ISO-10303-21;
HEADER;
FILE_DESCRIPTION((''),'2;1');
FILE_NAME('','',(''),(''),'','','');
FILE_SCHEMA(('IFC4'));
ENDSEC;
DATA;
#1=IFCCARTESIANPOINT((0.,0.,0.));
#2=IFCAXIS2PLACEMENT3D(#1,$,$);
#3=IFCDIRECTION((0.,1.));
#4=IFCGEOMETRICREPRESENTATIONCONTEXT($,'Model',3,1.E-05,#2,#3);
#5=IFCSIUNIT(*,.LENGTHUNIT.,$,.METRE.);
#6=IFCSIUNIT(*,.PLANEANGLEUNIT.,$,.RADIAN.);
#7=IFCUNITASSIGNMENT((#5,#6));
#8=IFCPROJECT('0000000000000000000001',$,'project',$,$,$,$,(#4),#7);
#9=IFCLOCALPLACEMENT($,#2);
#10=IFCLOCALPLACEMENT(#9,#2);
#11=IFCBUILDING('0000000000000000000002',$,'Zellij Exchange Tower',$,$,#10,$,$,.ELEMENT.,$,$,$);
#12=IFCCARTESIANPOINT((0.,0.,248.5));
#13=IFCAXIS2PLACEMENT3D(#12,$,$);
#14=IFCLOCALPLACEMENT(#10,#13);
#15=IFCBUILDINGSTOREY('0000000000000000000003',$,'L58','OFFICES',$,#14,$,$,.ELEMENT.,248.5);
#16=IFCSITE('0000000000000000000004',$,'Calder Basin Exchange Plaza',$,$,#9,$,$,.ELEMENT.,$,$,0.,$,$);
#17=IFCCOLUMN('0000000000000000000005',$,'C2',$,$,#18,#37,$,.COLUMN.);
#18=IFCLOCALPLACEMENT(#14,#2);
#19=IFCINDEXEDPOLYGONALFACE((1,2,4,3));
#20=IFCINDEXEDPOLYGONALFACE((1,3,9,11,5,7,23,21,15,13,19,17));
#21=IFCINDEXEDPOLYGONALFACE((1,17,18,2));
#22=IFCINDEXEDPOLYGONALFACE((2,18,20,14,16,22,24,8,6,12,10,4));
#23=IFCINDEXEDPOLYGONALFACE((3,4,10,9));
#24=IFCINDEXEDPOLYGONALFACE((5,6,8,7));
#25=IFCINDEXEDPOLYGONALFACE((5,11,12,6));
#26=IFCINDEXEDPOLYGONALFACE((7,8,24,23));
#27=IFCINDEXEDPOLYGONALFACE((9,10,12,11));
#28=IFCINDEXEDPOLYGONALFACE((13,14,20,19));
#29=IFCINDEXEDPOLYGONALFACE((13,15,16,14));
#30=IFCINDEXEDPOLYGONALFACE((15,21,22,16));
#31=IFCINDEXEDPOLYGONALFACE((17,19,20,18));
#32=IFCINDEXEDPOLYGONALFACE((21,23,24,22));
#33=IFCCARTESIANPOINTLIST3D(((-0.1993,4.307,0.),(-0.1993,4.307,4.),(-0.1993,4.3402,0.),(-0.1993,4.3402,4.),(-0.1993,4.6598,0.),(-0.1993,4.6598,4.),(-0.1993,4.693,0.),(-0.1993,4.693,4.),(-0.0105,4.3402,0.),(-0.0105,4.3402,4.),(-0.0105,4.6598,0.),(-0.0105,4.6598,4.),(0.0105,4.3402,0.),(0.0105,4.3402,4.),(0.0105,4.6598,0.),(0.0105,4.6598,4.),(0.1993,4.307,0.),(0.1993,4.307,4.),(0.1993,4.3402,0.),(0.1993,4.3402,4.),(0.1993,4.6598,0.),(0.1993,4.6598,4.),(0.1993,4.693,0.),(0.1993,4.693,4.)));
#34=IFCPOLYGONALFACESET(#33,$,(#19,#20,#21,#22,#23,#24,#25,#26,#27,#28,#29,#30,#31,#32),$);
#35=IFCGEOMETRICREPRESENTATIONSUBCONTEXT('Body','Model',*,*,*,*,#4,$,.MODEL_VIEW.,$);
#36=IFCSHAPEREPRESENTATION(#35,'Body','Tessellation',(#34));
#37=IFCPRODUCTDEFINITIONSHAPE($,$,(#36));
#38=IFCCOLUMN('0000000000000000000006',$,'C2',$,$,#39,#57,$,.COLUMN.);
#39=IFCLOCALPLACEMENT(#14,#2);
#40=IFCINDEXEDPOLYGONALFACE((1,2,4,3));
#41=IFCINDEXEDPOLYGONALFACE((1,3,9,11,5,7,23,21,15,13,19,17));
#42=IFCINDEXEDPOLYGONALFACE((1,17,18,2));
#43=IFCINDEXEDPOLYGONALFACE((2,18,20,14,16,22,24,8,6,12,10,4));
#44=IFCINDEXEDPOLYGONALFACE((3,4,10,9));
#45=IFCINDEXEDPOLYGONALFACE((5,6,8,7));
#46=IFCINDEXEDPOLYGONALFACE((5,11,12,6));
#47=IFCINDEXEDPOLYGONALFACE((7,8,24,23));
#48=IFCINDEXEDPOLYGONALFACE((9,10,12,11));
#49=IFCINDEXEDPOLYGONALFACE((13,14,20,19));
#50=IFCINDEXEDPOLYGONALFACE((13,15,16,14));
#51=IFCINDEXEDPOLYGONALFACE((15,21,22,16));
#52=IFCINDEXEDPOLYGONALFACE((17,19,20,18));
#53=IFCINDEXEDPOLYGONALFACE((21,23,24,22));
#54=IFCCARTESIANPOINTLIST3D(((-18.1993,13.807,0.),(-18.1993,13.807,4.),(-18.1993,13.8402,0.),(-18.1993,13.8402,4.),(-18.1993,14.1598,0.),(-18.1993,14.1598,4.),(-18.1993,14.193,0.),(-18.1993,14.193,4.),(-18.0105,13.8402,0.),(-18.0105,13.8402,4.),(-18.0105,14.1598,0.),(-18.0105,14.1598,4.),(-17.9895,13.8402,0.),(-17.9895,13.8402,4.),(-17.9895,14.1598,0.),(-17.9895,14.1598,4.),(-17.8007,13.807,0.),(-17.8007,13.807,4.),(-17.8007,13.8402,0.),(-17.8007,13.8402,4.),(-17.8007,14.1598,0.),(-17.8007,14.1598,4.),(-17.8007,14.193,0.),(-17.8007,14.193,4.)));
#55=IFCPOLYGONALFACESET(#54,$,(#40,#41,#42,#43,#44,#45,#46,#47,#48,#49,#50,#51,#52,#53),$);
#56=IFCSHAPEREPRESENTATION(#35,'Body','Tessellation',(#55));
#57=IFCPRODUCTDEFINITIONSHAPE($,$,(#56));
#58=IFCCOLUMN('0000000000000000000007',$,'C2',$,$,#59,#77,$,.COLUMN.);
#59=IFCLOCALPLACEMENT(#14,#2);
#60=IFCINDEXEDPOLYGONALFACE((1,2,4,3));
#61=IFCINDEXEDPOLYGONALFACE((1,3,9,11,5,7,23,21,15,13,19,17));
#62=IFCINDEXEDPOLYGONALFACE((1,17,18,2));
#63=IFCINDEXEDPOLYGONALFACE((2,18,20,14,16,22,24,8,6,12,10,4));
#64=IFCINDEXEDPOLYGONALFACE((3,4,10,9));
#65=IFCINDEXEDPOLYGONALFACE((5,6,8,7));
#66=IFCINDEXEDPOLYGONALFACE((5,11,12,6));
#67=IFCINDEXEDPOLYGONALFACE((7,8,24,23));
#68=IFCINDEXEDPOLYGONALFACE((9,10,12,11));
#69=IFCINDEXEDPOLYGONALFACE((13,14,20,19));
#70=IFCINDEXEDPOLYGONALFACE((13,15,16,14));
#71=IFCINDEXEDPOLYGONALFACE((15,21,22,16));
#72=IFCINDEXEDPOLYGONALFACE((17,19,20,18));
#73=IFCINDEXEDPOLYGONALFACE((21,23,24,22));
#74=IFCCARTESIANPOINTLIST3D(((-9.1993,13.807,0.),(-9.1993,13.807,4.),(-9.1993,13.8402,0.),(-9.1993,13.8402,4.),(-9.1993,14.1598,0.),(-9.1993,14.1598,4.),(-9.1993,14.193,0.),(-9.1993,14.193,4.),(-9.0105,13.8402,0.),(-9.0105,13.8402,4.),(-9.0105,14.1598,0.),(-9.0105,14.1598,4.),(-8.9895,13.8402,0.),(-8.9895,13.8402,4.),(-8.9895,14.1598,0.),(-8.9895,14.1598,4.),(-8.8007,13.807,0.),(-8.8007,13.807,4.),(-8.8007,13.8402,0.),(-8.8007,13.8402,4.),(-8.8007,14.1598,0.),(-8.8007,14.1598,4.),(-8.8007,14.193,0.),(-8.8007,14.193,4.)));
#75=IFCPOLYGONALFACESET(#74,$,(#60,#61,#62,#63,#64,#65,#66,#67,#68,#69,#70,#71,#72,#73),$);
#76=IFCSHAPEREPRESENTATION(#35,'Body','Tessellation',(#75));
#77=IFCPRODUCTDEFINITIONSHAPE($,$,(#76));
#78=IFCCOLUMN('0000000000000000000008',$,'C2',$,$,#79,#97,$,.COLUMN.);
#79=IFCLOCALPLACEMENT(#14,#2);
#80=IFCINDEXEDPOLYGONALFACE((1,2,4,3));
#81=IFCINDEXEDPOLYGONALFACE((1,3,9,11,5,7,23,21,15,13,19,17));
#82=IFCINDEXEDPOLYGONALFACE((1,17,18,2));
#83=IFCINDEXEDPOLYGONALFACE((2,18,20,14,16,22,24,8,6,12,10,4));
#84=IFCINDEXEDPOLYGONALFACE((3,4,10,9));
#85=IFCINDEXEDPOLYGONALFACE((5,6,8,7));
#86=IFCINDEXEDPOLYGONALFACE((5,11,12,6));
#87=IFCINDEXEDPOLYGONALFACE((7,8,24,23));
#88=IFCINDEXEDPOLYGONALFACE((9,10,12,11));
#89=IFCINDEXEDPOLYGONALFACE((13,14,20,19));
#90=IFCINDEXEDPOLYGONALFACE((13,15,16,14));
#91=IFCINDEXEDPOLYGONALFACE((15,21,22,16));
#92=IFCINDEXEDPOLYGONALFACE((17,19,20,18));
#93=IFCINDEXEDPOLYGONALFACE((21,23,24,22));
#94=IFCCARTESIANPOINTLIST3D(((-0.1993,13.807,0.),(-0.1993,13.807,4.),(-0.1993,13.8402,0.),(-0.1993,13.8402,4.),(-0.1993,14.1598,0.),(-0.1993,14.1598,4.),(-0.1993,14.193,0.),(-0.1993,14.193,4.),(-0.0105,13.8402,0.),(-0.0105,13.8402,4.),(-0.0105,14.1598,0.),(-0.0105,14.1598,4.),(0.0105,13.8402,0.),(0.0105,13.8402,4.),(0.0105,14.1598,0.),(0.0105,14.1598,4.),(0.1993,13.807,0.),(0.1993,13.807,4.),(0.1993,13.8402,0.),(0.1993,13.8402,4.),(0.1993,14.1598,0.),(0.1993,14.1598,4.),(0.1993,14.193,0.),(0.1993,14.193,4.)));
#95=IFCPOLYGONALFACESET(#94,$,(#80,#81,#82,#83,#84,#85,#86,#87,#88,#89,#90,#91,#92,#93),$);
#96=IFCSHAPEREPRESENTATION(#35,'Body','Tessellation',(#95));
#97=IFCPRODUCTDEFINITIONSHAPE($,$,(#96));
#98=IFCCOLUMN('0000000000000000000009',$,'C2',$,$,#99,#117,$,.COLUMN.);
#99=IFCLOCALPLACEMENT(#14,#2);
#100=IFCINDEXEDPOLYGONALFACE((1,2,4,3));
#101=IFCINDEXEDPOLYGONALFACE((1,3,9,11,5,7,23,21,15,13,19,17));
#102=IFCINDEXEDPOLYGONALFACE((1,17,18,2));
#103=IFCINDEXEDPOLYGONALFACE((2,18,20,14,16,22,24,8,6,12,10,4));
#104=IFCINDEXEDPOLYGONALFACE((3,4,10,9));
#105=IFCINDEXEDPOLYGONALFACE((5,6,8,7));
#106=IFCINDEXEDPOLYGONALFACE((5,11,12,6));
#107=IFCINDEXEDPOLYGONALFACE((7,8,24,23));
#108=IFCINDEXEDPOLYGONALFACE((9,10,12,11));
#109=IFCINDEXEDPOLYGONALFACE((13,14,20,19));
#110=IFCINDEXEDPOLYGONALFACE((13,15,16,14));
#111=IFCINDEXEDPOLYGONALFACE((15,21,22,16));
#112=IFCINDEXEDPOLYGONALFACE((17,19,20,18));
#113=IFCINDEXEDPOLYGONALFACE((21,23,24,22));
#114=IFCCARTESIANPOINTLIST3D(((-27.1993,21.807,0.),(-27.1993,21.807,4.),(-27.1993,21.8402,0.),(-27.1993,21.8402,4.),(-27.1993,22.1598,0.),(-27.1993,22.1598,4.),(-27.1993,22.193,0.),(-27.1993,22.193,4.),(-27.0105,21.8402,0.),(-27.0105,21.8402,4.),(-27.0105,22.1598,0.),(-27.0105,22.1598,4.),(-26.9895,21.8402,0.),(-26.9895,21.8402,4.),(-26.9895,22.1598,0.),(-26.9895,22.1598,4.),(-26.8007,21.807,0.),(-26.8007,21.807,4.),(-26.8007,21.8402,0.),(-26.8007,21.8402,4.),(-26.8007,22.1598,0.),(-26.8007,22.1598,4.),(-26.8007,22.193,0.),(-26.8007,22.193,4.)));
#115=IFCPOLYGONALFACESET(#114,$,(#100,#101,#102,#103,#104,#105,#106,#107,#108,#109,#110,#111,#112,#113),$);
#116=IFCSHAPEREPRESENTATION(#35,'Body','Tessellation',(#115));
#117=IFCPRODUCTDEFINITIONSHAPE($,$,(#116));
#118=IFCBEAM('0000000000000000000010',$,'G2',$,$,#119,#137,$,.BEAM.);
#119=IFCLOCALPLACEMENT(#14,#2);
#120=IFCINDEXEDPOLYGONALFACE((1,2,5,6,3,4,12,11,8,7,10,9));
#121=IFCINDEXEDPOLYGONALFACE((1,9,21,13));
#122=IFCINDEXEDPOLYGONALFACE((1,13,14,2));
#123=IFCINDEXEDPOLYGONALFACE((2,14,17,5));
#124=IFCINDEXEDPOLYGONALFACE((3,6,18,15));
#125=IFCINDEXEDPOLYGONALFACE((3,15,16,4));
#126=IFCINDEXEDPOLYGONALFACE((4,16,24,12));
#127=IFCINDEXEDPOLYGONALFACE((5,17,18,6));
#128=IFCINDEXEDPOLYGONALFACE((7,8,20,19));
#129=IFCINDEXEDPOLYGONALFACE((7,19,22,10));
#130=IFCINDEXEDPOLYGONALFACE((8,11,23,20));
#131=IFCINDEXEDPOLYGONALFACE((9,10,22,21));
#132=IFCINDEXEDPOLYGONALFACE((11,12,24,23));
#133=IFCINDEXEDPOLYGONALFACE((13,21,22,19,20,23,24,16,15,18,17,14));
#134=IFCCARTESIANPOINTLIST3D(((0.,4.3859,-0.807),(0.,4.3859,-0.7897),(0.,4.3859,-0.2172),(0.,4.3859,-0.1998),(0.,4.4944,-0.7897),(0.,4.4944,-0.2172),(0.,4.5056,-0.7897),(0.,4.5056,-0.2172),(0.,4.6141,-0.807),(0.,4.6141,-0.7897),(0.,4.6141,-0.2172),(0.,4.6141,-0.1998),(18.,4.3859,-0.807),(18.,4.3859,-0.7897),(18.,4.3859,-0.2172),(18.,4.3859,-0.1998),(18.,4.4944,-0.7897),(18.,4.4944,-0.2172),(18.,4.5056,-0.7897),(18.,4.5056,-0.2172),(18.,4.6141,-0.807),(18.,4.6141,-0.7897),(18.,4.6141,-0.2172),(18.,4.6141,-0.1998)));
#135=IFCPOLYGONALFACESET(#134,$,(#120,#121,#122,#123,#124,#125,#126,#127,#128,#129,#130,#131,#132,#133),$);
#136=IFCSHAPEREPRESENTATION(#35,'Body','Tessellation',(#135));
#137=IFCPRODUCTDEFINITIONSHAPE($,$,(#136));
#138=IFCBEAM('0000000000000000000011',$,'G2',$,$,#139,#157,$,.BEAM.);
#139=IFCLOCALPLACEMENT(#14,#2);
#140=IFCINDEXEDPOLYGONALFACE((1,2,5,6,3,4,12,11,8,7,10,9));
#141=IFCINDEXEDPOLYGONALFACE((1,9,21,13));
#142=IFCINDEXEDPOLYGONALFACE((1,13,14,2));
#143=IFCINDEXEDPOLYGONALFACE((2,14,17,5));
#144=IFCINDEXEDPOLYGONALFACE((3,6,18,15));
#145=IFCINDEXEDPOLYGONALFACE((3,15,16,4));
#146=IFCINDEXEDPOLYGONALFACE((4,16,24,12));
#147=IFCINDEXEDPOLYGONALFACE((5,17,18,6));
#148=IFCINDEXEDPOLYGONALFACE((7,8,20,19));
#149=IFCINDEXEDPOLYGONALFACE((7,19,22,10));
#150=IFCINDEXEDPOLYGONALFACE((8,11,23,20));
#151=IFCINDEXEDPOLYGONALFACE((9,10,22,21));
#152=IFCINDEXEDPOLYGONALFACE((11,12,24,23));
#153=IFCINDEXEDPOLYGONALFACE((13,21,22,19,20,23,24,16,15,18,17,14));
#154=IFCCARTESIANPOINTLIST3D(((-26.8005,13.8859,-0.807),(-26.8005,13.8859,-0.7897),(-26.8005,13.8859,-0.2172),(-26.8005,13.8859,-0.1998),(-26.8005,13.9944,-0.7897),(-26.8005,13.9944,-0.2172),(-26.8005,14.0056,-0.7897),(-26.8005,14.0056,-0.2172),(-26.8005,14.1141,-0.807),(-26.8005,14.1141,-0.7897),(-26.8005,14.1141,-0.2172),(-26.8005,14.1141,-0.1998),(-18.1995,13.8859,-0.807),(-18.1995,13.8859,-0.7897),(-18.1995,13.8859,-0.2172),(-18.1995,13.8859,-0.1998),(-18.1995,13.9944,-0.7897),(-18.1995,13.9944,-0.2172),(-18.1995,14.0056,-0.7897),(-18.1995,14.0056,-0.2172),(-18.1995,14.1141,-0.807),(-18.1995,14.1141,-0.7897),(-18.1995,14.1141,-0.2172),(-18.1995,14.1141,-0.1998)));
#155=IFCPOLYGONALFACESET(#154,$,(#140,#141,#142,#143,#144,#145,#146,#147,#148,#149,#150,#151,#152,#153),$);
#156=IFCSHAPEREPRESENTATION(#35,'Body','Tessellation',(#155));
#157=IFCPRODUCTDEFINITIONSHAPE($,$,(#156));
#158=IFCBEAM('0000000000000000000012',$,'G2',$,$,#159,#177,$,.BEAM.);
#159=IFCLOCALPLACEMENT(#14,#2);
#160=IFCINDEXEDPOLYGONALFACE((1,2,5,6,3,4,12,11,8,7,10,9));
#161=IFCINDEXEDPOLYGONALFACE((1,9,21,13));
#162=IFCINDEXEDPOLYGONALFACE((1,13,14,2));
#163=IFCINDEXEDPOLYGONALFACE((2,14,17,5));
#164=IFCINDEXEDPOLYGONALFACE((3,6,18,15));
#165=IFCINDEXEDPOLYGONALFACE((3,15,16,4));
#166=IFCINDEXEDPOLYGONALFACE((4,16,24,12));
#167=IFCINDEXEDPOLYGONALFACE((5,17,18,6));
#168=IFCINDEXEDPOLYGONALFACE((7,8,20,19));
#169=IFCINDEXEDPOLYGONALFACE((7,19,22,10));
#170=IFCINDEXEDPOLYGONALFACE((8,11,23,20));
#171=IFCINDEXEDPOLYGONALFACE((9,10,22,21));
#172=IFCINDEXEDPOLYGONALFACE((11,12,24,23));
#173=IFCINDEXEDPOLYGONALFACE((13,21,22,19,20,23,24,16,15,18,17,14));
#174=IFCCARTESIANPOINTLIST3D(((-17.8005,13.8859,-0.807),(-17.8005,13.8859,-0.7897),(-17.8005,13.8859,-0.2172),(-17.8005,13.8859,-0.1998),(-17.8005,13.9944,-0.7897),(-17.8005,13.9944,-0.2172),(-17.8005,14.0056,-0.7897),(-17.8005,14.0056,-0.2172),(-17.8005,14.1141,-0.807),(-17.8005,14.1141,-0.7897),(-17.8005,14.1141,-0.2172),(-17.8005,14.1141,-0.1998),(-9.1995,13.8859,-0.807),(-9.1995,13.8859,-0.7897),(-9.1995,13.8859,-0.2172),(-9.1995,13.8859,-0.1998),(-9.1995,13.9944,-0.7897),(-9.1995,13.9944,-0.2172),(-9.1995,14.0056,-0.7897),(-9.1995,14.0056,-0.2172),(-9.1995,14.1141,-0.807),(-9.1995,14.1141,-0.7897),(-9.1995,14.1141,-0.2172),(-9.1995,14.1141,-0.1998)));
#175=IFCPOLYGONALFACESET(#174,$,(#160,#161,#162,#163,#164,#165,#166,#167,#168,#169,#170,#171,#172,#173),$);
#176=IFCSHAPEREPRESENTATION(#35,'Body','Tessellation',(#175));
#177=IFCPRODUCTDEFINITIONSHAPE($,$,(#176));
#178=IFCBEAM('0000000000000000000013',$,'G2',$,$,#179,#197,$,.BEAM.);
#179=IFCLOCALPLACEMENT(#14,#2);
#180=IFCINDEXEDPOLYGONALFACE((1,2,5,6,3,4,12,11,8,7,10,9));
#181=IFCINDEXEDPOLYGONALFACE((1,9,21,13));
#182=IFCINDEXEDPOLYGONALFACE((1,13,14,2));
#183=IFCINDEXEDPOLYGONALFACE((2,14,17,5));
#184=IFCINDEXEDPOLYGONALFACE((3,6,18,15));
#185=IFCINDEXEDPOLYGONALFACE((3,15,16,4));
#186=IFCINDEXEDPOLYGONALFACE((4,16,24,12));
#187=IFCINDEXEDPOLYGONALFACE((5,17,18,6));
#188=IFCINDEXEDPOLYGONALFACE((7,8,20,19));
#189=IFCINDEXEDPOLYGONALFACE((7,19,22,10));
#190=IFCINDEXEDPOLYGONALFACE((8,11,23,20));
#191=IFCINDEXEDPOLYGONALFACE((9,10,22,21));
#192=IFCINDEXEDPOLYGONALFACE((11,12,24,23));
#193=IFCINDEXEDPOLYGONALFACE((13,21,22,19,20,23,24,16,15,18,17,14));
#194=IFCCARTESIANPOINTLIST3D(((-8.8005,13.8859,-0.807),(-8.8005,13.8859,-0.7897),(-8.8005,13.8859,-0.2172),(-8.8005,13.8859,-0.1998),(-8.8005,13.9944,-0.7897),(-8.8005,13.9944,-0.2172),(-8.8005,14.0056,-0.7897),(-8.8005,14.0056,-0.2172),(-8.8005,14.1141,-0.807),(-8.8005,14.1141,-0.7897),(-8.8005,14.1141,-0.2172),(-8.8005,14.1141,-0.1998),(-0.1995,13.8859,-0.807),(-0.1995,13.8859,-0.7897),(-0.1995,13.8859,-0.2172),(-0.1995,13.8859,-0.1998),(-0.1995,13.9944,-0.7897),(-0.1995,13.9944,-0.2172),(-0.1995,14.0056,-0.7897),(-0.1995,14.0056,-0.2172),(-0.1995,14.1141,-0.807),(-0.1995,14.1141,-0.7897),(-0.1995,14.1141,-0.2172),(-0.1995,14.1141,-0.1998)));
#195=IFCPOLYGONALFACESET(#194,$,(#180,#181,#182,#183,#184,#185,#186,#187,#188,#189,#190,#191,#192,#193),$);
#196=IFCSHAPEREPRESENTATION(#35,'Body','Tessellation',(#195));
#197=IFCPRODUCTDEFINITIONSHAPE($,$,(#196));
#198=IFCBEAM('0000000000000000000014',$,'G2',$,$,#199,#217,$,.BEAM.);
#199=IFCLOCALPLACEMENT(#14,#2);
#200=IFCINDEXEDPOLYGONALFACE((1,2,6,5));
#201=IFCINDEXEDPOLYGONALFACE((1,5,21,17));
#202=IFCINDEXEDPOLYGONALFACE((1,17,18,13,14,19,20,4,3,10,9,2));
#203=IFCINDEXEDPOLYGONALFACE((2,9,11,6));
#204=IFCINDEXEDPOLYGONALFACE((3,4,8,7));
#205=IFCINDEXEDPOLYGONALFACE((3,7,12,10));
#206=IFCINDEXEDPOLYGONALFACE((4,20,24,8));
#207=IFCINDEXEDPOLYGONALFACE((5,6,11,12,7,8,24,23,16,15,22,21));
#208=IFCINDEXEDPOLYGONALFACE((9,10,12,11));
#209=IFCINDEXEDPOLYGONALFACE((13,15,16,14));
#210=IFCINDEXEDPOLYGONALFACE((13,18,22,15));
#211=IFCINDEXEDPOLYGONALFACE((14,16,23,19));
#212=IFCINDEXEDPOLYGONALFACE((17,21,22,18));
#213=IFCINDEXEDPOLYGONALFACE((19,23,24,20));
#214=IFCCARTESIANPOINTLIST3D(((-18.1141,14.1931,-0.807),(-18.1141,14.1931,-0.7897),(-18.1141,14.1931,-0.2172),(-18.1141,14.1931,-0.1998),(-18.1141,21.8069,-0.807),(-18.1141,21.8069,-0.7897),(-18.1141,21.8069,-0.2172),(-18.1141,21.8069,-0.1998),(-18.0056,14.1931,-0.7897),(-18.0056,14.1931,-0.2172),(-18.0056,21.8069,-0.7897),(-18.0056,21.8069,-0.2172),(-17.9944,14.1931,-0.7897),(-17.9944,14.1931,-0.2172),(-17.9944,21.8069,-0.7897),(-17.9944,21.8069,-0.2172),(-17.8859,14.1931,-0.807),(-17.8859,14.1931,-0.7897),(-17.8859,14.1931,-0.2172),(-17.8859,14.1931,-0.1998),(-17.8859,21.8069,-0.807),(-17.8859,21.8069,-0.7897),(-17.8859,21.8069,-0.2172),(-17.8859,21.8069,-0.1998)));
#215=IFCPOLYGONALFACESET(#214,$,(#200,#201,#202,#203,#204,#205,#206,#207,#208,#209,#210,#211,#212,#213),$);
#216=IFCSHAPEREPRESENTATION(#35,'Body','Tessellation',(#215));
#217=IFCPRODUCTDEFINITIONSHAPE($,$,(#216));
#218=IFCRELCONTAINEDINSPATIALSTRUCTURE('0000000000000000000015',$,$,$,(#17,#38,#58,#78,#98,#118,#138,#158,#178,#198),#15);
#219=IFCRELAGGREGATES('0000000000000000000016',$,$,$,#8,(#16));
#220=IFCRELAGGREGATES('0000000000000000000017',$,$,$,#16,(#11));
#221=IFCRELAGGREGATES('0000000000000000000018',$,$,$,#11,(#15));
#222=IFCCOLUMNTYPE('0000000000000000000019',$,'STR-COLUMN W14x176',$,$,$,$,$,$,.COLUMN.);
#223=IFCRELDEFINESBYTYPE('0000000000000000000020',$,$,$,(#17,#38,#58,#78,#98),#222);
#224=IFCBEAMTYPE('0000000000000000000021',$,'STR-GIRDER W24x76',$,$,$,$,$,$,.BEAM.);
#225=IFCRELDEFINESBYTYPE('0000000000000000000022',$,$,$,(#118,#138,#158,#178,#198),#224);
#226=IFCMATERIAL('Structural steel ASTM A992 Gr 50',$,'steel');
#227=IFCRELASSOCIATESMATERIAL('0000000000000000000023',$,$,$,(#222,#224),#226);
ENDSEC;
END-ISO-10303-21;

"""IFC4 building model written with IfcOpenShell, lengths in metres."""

from ifc_helpers import new_model, si_unit, direction, frame, origin, origin_2d, place, context, subcontext, project, spatial, i_section, extrude, material, material_profile, profile_set, type_object, element, save


model = new_model("IFC4")

# Units and contexts
model_context = context("Model", 3, precision=1e-05, world=origin(), true_north=direction((0.0, 1.0)))
body_context = subcontext(model_context, "Body", "Model", "MODEL_VIEW")
ifc_project = project(units=[si_unit("LENGTHUNIT", "METRE"), si_unit("PLANEANGLEUNIT", "RADIAN")], contexts=[model_context])

# Site, building, storey
site_placement = place(None, origin())
site = spatial("IfcSite", under=ifc_project, at=site_placement, Name="Calder Basin Exchange Plaza", CompositionType="ELEMENT", RefElevation=0.0)
building_placement = place(site_placement, origin())
building = spatial("IfcBuilding", under=site, at=building_placement, Name="Zellij Exchange Tower", CompositionType="ELEMENT")
storey_placement = place(building_placement, frame((0.0, 0.0, 248.5)))
storey = spatial("IfcBuildingStorey", under=building, at=storey_placement, Name="L58", Description="OFFICES", CompositionType="ELEMENT", Elevation=248.5)

# Columns
ifc_material_1 = material(Name="Structural steel ASTM A992 Gr 50", Category="steel")
ifc_material_profile_1 = material_profile(ifc_material_1, i_section(OverallWidth=0.3987, OverallDepth=0.386, WebThickness=0.021, FlangeThickness=0.0332, at=origin_2d()), Name="W14x176")
ifc_profile_set_1 = profile_set([ifc_material_profile_1], Name="Structural steel ASTM A992 Gr 50")
column_type = type_object("IfcColumnType", Name="STR-COLUMN W14x176", PredefinedType="COLUMN", material=ifc_profile_set_1)
for number, where, z_axis, x_axis, name in (
    (1, (0.0, 4.5, 0.0), (0.0, 0.0, 1.0), (1.0, 0.0, 0.0), "C2"),
    (2, (-18.0, 14.0, 0.0), (0.0, 0.0, 1.0), (1.0, 0.0, 0.0), "C2"),
    (3, (-9.0, 14.0, 0.0), (0.0, 0.0, 1.0), (1.0, 0.0, 0.0), "C2"),
    (4, (0.0, 14.0, 0.0), (0.0, 0.0, 1.0), (1.0, 0.0, 0.0), "C2"),
    (5, (-27.0, 22.0, 0.0), (0.0, 0.0, 1.0), (1.0, 0.0, 0.0), "C2"),
):
    element("IfcColumn", number, at=place(storey_placement, frame(where, z_axis=z_axis, x_axis=x_axis)), inside=storey, type_object=column_type, Name=name, PredefinedType="COLUMN", context=body_context, shape_type="SweptSolid", body=[
        extrude(i_section(OverallWidth=0.3987, OverallDepth=0.386, WebThickness=0.021, FlangeThickness=0.0332, at=origin_2d()), origin(), (0.0, 0.0, 1.0), 4.0),
    ])

# Beams
ifc_material_profile_2 = material_profile(ifc_material_1, i_section(OverallWidth=0.2283, OverallDepth=0.6072, WebThickness=0.0112, FlangeThickness=0.0173, at=origin_2d()), Name="W24x76")
ifc_profile_set_2 = profile_set([ifc_material_profile_2], Name="Structural steel ASTM A992 Gr 50")
beam_type = type_object("IfcBeamType", Name="STR-GIRDER W24x76", PredefinedType="BEAM", material=ifc_profile_set_2)
beam_1_placement = place(storey_placement, frame((0.0, 4.5, -0.5034), z_axis=(1.0, 0.0, 0.0), x_axis=(0.0, 1.0, 0.0)))
element("IfcBeam", 6, at=beam_1_placement, inside=storey, type_object=beam_type, Name="G2", PredefinedType="BEAM", context=body_context, shape_type="SweptSolid", body=[
    extrude(i_section(OverallWidth=0.2283, OverallDepth=0.6072, WebThickness=0.0112, FlangeThickness=0.0173, at=origin_2d()), origin(), (0.0, 0.0, 1.0), 18.0),
])
for number, where, z_axis, x_axis, name in (
    (7, (-26.8005, 14.0, -0.5034), (1.0, 0.0, 0.0), (0.0, 1.0, 0.0), "G2"),
    (8, (-17.8005, 14.0, -0.5034), (1.0, 0.0, 0.0), (0.0, 1.0, 0.0), "G2"),
    (9, (-8.8005, 14.0, -0.5034), (1.0, 0.0, 0.0), (0.0, 1.0, 0.0), "G2"),
):
    element("IfcBeam", number, at=place(storey_placement, frame(where, z_axis=z_axis, x_axis=x_axis)), inside=storey, type_object=beam_type, Name=name, PredefinedType="BEAM", context=body_context, shape_type="SweptSolid", body=[
        extrude(i_section(OverallWidth=0.2283, OverallDepth=0.6072, WebThickness=0.0112, FlangeThickness=0.0173, at=origin_2d()), origin(), (0.0, 0.0, 1.0), 8.6011),
    ])
beam_2_placement = place(storey_placement, frame((-18.0, 14.1931, -0.5034), z_axis=(0.0, 1.0, 0.0), x_axis=(-1.0, 0.0, 0.0)))
element("IfcBeam", 10, at=beam_2_placement, inside=storey, type_object=beam_type, Name="G2", PredefinedType="BEAM", context=body_context, shape_type="SweptSolid", body=[
    extrude(i_section(OverallWidth=0.2283, OverallDepth=0.6072, WebThickness=0.0112, FlangeThickness=0.0173, at=origin_2d()), origin(), (0.0, 0.0, 1.0), 7.6138),
])

save(model, "model.ifc")
